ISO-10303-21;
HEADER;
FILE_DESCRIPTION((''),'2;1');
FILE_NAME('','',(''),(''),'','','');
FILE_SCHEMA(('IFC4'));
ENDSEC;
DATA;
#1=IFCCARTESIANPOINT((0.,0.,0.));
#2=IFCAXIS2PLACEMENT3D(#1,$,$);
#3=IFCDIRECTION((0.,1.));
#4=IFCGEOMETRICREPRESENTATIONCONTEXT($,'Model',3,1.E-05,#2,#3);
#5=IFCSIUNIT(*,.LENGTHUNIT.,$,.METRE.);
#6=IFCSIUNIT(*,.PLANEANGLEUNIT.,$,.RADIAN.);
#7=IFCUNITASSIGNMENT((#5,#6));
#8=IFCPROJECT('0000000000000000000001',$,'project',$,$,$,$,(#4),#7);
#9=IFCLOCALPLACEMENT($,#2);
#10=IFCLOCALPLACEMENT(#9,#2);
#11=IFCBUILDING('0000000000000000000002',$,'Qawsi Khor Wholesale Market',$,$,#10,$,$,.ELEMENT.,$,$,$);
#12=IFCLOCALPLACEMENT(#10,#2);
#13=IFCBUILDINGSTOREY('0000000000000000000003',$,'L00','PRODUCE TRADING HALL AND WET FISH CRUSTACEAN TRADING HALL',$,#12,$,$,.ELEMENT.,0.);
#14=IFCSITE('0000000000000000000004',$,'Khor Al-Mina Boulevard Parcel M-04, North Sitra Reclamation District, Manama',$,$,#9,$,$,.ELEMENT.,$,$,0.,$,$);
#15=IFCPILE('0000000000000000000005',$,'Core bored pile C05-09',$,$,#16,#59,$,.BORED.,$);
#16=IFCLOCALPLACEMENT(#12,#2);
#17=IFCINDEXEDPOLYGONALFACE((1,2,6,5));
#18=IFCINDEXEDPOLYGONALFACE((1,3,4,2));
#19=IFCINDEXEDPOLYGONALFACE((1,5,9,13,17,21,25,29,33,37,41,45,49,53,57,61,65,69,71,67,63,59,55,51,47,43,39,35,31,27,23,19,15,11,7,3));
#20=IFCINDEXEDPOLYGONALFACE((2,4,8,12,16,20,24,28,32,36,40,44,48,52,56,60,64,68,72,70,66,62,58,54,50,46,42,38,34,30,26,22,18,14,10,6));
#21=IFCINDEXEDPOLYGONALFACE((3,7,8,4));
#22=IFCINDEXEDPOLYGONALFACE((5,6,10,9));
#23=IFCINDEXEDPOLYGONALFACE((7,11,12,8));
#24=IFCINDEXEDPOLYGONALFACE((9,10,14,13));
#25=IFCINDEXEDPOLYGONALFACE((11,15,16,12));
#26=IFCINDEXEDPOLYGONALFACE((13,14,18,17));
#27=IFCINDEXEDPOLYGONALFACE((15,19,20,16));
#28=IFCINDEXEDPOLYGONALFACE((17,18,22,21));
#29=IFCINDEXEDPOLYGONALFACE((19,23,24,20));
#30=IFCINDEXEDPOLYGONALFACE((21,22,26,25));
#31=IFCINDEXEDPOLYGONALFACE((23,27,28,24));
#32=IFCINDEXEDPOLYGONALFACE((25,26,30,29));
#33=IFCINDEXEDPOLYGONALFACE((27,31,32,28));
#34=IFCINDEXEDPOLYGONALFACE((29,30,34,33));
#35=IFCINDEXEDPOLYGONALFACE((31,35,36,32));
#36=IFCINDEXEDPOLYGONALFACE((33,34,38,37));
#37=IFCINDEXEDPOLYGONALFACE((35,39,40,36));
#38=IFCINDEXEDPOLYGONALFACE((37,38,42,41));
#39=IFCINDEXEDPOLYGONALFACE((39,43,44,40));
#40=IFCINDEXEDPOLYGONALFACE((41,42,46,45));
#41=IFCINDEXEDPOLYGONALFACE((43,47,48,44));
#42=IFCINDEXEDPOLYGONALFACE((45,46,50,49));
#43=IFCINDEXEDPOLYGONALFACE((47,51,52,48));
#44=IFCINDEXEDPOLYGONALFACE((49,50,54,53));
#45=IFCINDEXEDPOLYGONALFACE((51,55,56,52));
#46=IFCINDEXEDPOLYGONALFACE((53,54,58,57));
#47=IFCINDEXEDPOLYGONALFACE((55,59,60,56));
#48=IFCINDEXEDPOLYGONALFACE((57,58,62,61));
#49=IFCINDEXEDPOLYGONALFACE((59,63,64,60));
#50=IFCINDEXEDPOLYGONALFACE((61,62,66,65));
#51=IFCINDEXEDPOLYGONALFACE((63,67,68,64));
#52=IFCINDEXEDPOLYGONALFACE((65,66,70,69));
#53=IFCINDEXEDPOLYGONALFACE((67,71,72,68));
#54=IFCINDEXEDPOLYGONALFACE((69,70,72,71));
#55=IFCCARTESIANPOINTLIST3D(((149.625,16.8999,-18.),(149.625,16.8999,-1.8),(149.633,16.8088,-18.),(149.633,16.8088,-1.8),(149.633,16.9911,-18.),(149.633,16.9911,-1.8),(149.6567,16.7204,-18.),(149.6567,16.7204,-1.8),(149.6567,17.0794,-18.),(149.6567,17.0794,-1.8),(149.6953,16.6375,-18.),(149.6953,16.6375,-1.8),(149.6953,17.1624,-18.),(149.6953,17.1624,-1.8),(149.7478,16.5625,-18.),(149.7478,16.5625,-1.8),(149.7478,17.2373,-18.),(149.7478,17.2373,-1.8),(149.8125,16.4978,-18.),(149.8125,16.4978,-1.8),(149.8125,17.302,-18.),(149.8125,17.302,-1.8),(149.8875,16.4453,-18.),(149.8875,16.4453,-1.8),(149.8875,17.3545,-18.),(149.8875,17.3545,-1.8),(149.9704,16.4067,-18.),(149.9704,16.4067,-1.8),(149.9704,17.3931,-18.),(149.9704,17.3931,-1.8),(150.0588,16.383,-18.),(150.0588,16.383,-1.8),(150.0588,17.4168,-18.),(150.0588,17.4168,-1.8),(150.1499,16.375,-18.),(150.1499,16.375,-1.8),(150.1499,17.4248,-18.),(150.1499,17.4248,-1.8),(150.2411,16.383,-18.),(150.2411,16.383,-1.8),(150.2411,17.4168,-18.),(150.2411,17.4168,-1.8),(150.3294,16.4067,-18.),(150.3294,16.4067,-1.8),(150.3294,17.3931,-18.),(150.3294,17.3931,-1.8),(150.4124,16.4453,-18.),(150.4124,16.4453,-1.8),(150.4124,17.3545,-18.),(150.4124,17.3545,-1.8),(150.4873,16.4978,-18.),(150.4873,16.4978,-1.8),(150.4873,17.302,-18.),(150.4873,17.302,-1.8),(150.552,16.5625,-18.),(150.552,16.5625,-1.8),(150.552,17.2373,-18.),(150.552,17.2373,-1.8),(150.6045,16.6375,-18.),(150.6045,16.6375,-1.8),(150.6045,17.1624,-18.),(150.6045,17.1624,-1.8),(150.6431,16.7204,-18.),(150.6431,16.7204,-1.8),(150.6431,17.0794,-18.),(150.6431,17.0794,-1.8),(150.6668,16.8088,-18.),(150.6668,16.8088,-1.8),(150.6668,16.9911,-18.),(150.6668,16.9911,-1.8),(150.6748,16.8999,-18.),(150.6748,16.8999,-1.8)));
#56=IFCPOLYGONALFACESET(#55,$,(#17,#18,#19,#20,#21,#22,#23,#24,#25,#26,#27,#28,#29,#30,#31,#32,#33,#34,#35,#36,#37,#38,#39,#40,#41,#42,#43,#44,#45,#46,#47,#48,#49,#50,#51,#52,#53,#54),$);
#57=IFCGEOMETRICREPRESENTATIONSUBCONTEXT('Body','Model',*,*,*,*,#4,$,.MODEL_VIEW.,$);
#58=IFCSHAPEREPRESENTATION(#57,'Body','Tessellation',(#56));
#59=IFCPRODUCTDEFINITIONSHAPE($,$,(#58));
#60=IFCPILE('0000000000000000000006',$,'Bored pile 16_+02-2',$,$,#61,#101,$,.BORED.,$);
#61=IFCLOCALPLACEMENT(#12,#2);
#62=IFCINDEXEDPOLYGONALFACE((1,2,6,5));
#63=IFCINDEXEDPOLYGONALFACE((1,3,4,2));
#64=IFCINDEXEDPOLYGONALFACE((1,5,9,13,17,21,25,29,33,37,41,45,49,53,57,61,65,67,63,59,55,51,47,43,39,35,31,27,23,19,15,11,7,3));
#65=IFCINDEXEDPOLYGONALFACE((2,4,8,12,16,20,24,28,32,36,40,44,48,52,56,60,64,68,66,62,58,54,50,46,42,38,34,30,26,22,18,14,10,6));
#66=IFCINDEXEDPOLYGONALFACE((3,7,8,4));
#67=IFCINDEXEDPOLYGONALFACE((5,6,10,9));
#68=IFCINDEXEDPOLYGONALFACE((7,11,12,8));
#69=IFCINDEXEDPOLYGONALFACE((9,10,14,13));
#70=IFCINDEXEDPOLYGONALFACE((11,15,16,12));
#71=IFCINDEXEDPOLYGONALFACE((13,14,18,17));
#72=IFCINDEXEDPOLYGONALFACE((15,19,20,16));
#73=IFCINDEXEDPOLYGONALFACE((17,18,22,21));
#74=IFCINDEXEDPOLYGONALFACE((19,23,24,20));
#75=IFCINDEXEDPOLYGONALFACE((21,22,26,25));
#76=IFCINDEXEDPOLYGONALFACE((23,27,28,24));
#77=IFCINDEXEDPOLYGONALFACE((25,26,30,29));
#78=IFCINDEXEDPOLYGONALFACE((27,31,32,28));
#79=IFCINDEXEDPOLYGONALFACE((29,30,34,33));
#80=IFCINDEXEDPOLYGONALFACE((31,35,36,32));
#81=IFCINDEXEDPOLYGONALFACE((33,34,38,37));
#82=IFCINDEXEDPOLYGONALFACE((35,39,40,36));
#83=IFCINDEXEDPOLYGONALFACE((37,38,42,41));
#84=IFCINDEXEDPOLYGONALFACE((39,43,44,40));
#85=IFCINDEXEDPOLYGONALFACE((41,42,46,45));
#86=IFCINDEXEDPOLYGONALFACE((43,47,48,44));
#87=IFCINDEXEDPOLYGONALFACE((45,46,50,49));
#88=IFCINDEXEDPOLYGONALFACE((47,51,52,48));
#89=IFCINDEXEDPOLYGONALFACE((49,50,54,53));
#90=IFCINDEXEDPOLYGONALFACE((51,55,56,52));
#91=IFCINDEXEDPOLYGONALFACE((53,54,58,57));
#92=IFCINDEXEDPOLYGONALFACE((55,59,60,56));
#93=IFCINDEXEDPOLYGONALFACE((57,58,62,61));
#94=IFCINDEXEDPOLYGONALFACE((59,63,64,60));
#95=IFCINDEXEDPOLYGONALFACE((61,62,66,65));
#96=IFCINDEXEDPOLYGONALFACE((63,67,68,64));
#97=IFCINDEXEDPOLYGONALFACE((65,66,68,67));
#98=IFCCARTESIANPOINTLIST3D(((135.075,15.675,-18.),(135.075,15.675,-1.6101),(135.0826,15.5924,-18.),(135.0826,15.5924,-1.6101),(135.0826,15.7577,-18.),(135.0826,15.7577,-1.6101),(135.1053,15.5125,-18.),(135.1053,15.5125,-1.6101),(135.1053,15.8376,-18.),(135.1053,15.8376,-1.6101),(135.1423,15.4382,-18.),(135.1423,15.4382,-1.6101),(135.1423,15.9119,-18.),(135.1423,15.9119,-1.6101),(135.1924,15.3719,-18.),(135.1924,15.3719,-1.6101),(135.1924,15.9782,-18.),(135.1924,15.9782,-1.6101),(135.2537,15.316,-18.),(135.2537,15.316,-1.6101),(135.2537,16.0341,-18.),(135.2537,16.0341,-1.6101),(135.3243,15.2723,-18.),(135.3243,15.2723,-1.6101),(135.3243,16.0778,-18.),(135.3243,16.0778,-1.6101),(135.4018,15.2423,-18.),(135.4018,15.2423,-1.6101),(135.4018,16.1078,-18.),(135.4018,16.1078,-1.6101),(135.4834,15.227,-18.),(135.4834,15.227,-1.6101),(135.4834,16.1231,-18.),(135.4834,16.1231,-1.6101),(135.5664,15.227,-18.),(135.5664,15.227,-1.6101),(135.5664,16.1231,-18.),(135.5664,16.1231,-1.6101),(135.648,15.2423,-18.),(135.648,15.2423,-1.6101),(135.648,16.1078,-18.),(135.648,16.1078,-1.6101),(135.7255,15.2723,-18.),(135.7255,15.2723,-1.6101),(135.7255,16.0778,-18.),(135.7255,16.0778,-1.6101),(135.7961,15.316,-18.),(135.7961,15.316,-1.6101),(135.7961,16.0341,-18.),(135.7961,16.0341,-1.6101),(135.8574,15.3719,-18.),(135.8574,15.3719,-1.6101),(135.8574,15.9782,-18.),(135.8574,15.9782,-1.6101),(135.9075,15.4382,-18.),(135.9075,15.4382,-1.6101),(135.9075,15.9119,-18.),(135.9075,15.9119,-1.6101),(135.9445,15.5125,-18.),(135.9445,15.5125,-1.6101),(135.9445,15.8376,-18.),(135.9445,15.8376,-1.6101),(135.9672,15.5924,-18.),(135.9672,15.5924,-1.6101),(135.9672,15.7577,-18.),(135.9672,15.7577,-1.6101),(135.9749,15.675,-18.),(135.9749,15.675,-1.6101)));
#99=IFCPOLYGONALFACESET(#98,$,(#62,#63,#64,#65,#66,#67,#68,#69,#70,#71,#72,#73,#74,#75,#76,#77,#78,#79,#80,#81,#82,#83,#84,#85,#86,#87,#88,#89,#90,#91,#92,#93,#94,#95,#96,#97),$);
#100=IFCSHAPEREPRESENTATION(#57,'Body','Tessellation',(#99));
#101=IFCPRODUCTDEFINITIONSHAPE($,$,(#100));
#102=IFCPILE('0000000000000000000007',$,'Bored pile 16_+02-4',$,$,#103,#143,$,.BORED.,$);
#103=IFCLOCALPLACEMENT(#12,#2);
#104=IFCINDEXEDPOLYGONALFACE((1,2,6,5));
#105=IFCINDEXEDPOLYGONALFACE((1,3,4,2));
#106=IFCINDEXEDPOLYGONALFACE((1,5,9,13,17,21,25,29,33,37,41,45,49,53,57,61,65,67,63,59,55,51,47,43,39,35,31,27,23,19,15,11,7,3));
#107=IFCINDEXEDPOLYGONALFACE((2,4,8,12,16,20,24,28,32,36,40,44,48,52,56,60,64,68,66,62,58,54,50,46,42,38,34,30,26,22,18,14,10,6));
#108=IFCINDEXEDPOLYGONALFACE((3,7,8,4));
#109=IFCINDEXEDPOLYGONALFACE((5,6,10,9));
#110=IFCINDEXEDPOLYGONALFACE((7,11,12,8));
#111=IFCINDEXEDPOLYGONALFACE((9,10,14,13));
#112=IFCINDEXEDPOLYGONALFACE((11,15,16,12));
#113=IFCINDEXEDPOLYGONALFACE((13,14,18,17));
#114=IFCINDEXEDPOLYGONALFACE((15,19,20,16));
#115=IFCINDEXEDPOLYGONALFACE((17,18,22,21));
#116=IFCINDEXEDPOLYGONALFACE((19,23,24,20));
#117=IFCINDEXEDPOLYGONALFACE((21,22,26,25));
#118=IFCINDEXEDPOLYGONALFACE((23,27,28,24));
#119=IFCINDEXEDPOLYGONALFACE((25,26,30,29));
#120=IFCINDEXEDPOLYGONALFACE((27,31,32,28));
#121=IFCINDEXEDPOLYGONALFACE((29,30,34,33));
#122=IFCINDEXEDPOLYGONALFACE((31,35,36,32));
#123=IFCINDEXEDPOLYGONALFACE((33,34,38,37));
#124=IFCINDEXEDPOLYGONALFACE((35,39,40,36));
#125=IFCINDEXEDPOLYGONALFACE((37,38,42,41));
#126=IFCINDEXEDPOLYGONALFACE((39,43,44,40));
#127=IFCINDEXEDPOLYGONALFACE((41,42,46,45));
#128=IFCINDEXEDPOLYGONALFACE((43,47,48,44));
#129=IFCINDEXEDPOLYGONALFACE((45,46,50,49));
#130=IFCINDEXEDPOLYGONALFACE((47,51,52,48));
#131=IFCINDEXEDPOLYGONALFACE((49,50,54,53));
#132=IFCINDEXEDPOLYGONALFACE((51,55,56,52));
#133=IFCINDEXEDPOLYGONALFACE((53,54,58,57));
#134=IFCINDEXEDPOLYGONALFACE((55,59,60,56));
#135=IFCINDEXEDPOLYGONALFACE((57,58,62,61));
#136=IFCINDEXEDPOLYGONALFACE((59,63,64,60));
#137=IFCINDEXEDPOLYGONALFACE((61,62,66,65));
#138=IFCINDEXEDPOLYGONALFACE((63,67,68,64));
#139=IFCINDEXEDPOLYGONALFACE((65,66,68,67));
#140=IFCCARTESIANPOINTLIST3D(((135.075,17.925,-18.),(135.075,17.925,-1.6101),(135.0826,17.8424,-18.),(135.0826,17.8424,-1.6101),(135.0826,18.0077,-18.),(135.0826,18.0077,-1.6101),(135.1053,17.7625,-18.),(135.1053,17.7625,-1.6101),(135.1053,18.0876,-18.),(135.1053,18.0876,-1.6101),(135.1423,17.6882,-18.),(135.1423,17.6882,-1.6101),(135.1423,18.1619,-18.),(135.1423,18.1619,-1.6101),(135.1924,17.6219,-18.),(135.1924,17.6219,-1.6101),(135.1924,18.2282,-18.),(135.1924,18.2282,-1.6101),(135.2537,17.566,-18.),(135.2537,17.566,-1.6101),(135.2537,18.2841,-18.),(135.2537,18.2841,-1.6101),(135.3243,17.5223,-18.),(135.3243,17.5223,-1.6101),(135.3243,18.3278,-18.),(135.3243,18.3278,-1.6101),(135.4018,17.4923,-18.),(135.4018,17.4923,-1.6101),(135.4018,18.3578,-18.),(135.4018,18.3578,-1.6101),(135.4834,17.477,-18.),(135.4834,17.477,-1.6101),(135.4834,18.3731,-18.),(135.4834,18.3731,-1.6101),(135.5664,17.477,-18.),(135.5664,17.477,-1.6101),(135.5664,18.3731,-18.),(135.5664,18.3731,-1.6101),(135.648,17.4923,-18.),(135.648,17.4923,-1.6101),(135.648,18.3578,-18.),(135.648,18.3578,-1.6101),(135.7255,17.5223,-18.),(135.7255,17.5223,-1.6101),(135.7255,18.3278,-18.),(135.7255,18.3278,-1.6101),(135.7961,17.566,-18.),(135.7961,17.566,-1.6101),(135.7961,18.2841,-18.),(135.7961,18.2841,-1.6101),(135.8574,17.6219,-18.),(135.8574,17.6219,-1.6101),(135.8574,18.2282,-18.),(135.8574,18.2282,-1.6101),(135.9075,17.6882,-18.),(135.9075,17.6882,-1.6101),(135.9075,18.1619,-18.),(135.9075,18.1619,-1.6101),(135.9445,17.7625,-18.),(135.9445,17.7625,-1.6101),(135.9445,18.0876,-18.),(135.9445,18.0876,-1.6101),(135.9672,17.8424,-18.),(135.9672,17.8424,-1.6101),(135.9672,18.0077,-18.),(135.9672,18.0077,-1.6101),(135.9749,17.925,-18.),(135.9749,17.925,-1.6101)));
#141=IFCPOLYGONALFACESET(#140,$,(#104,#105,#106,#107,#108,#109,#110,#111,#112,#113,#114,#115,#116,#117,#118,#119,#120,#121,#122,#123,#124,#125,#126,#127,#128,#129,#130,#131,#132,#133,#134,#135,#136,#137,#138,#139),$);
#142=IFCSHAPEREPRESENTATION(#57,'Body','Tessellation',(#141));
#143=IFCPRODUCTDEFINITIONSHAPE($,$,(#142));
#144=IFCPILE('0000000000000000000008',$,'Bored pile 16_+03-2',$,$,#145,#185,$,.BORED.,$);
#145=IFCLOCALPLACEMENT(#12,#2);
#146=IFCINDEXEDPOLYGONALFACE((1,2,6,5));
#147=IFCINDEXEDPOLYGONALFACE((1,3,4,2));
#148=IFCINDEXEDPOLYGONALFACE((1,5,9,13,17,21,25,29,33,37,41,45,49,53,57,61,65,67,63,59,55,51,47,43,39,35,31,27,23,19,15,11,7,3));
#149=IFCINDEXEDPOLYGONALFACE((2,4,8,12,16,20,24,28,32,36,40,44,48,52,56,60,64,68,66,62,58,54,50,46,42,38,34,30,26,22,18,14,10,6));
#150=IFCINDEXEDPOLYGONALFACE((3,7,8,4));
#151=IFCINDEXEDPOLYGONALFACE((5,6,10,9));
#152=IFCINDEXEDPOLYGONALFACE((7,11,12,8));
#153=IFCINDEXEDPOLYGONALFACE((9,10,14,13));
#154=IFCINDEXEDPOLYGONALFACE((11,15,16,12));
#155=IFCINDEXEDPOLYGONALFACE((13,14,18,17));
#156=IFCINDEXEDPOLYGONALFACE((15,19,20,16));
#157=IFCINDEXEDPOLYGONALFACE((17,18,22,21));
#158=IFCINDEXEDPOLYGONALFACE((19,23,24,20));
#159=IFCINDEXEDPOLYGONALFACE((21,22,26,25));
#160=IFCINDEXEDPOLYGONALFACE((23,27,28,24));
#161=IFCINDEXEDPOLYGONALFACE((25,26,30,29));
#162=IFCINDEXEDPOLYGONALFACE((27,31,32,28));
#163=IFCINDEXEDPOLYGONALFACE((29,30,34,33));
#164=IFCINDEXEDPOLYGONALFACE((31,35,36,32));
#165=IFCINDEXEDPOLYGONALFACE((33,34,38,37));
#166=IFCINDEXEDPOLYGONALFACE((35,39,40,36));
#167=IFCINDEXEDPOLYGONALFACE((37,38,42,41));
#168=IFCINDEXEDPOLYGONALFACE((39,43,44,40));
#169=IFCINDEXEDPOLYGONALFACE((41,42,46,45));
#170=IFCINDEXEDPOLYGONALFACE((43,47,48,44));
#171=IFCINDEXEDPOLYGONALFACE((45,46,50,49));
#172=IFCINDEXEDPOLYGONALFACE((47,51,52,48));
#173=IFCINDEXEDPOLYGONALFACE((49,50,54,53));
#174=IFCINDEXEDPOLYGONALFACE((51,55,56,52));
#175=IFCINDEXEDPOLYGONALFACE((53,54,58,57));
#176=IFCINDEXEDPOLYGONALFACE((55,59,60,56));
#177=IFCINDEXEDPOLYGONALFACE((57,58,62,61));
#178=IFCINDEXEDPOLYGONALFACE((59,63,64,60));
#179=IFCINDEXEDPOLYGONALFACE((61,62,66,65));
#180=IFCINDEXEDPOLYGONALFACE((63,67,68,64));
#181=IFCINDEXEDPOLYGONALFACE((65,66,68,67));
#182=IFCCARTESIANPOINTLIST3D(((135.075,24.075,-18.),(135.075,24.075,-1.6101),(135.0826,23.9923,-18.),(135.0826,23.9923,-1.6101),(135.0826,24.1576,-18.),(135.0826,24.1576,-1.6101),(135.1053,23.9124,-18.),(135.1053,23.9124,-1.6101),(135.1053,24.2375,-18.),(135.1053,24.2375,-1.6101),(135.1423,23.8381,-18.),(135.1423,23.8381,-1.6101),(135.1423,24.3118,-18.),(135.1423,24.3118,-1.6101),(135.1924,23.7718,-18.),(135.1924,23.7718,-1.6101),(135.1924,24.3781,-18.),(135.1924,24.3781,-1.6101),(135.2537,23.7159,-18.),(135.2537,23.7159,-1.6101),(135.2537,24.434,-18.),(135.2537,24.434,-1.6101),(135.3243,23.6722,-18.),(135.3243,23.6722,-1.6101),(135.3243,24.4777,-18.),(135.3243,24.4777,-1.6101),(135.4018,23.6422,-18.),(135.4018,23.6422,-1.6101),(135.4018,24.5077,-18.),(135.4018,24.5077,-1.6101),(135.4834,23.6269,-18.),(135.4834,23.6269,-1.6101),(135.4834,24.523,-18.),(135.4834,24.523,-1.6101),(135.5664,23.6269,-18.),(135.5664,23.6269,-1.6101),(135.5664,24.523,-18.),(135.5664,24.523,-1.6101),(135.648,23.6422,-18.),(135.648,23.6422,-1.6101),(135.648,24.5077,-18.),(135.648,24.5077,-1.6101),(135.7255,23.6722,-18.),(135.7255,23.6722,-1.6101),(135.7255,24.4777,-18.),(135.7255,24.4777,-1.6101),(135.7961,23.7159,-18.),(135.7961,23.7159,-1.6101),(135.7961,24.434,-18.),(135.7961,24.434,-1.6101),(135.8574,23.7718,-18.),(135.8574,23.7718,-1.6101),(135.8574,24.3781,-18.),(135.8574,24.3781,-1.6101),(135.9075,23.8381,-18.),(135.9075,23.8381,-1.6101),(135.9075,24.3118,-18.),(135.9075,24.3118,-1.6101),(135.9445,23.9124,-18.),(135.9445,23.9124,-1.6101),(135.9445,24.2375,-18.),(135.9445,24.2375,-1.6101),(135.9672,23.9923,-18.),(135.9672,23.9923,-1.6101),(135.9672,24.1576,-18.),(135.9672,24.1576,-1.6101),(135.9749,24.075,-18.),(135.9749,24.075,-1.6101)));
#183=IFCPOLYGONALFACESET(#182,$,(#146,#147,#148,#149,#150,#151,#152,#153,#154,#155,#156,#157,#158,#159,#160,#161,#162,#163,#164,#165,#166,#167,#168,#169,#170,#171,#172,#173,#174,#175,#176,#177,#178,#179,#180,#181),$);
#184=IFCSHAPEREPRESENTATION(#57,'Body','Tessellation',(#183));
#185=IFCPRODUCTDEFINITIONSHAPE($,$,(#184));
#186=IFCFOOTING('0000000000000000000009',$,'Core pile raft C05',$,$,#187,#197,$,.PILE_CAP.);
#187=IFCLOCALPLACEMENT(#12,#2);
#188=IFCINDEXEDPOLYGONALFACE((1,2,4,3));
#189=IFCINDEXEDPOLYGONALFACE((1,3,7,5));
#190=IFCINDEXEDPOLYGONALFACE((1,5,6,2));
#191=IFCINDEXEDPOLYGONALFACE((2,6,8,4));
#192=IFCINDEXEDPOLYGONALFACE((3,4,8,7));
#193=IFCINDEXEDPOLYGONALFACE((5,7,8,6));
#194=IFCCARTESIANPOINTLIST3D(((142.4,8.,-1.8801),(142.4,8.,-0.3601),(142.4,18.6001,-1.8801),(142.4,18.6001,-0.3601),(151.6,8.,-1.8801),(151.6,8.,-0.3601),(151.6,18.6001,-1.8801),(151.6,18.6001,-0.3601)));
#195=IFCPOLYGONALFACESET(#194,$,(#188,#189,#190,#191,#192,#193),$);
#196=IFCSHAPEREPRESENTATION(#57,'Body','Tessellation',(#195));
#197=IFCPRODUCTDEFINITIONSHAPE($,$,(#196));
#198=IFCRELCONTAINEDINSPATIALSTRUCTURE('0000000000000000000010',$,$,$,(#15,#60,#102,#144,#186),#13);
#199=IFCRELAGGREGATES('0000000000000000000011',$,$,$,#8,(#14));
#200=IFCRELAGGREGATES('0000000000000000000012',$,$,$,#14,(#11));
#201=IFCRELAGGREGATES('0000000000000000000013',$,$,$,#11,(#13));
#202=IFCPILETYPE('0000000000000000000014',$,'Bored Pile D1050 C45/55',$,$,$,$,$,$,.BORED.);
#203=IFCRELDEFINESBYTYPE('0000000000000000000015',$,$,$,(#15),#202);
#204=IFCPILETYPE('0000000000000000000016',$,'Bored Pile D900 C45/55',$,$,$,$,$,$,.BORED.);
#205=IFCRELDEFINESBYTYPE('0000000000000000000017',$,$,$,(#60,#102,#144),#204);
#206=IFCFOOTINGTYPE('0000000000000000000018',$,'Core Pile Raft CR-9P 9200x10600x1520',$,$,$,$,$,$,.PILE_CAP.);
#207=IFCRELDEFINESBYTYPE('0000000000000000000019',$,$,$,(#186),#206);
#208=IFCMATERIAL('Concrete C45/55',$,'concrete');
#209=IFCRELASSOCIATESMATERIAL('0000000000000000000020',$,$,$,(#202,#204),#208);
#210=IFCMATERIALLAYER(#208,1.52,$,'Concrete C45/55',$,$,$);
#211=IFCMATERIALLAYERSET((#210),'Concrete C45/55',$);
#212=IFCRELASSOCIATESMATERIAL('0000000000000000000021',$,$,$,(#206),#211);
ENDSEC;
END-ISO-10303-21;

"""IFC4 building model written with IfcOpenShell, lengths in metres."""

from ifc_helpers import new_model, si_unit, direction, frame, origin, origin_2d, place, context, subcontext, project, spatial, rectangle, circle, extrude, material, layer, layer_set, material_profile, profile_set, type_object, element, save


model = new_model("IFC4")

# Units and contexts
model_context = context("Model", 3, precision=1e-05, world=origin(), true_north=direction((0.0, 1.0)))
body_context = subcontext(model_context, "Body", "Model", "MODEL_VIEW")
ifc_project = project(units=[si_unit("LENGTHUNIT", "METRE"), si_unit("PLANEANGLEUNIT", "RADIAN")], contexts=[model_context])

# Site, building, storey
site_placement = place(None, origin())
site = spatial("IfcSite", under=ifc_project, at=site_placement, Name="Khor Al-Mina Boulevard Parcel M-04, North Sitra Reclamation District, Manama", CompositionType="ELEMENT", RefElevation=0.0)
building_placement = place(site_placement, origin())
building = spatial("IfcBuilding", under=site, at=building_placement, Name="Qawsi Khor Wholesale Market", CompositionType="ELEMENT")
storey_placement = place(building_placement, origin())
storey = spatial("IfcBuildingStorey", under=building, at=storey_placement, Name="L00", Description="PRODUCE TRADING HALL AND WET FISH CRUSTACEAN TRADING HALL", CompositionType="ELEMENT", Elevation=0.0)

# Piles
ifc_material_1 = material(Name="Concrete C45/55", Category="concrete")
ifc_material_profile_1 = material_profile(ifc_material_1, circle(Radius=0.5249, at=origin_2d()), Name="PILE D1050")
ifc_profile_set_1 = profile_set([ifc_material_profile_1], Name="Concrete C45/55")
pile_type_1 = type_object("IfcPileType", Name="Bored Pile D1050 C45/55", PredefinedType="BORED", material=ifc_profile_set_1)
for number, where, z_axis, x_axis, name in (
    (1, (150.1499, 16.8999, -1.8), (0.0, 0.0, -1.0), (1.0, 0.0, 0.0), "Core bored pile C05-09"),
):
    element("IfcPile", number, at=place(storey_placement, frame(where, z_axis=z_axis, x_axis=x_axis)), inside=storey, type_object=pile_type_1, Name=name, PredefinedType="BORED", context=body_context, shape_type="SweptSolid", body=[
        extrude(circle(Radius=0.5249, at=origin_2d()), origin(), (0.0, 0.0, 1.0), 16.2),
    ])
ifc_material_profile_2 = material_profile(ifc_material_1, circle(Radius=0.45, at=origin_2d()), Name="PILE D900")
ifc_profile_set_2 = profile_set([ifc_material_profile_2], Name="Concrete C45/55")
pile_type_2 = type_object("IfcPileType", Name="Bored Pile D900 C45/55", PredefinedType="BORED", material=ifc_profile_set_2)
for number, where, z_axis, x_axis, name in (
    (2, (135.5249, 15.675, -1.6101), (0.0, 0.0, -1.0), (1.0, 0.0, 0.0), "Bored pile 16_+02-2"),
    (3, (135.5249, 17.925, -1.6101), (0.0, 0.0, -1.0), (1.0, 0.0, 0.0), "Bored pile 16_+02-4"),
    (4, (135.5249, 24.075, -1.6101), (0.0, 0.0, -1.0), (1.0, 0.0, 0.0), "Bored pile 16_+03-2"),
):
    element("IfcPile", number, at=place(storey_placement, frame(where, z_axis=z_axis, x_axis=x_axis)), inside=storey, type_object=pile_type_2, Name=name, PredefinedType="BORED", context=body_context, shape_type="SweptSolid", body=[
        extrude(circle(Radius=0.45, at=origin_2d()), origin(), (0.0, 0.0, 1.0), 16.3899),
    ])

# Footing
ifc_layer_1 = layer(ifc_material_1, 1.52, Name="Concrete C45/55")
ifc_layer_set_1 = layer_set([ifc_layer_1], Name="Concrete C45/55")
footing_type_1 = type_object("IfcFootingType", Name="Core Pile Raft CR-9P 9200x10600x1520", PredefinedType="PILE_CAP", material=ifc_layer_set_1)
footing_1_placement = place(storey_placement, frame((147.0, 13.3, -1.8801), z_axis=(0.0, 0.0, 1.0), x_axis=(1.0, 0.0, 0.0)))
element("IfcFooting", 5, at=footing_1_placement, inside=storey, type_object=footing_type_1, Name="Core pile raft C05", PredefinedType="PILE_CAP", context=body_context, shape_type="SweptSolid", body=[
    extrude(rectangle(XDim=9.2, YDim=10.6001, at=origin_2d()), origin(), (0.0, 0.0, 1.0), 1.52),
])

save(model, "model.ifc")
